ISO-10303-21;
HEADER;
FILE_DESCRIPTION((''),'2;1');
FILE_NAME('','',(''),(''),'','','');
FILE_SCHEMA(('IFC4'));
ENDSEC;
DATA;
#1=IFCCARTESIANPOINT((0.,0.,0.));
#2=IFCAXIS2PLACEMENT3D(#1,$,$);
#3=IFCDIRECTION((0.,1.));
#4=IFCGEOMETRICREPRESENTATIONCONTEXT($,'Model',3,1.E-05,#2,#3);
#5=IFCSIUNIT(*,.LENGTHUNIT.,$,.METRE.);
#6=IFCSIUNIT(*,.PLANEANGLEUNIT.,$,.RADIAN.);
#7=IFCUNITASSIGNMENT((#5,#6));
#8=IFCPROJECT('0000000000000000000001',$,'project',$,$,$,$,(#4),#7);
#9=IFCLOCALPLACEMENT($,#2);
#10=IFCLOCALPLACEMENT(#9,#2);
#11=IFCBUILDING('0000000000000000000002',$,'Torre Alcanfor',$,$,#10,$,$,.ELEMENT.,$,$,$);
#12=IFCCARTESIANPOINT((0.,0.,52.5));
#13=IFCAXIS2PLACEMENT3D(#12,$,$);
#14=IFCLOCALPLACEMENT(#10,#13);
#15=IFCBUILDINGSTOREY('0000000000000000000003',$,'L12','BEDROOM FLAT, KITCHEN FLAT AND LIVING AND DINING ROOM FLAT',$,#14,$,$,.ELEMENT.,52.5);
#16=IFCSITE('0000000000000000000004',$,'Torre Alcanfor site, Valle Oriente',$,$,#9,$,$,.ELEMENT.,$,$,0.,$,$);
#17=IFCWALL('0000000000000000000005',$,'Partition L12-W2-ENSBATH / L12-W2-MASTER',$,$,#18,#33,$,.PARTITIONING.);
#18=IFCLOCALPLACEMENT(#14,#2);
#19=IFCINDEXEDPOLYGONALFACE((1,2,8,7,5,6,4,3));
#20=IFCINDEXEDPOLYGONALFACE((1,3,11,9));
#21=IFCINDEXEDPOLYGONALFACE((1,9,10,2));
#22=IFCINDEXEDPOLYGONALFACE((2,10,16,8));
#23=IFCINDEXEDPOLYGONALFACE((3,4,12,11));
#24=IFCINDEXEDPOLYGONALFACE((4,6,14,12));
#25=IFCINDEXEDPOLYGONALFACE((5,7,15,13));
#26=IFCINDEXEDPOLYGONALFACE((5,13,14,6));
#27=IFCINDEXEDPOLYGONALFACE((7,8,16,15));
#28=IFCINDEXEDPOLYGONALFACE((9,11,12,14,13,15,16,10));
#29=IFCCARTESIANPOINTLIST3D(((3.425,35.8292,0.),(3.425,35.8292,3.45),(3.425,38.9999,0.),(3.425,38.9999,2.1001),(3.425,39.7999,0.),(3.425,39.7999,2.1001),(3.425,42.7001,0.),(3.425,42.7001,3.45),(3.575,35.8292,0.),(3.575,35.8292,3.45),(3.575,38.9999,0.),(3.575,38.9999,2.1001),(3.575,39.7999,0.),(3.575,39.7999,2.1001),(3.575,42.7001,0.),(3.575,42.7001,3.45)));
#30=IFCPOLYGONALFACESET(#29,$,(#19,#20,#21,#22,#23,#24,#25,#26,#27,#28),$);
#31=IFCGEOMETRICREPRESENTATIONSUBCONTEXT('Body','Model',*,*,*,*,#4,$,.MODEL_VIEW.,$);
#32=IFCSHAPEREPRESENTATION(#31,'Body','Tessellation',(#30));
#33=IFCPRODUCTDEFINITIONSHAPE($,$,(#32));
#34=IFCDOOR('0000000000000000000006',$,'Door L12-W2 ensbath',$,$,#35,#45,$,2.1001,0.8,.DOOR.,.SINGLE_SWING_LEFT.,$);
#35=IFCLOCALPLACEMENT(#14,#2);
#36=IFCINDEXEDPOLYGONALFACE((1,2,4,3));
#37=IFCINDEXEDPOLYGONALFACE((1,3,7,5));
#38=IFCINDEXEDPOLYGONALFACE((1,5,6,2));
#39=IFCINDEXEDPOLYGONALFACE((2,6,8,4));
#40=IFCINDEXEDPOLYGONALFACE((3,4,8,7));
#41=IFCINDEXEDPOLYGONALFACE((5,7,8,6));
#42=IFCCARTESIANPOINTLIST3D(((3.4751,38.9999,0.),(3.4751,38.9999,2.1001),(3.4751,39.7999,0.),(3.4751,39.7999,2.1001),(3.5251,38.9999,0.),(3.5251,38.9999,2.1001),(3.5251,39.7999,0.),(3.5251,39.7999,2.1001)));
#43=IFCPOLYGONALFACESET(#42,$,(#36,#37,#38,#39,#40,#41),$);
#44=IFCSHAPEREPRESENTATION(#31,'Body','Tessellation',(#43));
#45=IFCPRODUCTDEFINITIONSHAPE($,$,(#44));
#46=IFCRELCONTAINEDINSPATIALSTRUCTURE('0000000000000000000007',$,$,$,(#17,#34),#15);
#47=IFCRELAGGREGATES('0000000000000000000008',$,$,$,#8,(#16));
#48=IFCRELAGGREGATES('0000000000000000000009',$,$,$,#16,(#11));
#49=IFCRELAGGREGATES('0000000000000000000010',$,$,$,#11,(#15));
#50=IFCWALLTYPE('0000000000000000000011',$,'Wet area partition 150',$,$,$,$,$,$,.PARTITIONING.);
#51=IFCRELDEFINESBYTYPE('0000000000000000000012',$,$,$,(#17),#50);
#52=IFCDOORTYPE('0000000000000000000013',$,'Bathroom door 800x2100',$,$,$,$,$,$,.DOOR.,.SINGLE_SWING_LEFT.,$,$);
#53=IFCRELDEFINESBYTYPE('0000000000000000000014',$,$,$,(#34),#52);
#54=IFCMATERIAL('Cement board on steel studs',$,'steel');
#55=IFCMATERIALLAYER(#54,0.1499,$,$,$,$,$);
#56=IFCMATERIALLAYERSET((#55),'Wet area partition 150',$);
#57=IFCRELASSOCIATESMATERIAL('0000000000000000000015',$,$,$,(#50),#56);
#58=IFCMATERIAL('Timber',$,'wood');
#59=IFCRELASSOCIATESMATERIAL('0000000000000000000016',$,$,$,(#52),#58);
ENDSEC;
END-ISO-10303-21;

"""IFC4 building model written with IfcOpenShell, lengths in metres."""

from ifc_helpers import new_model, si_unit, direction, frame, frame_2d, origin, place, context, subcontext, project, spatial, rectangle, extrude, material, layer, layer_set, type_object, element, fill, save


model = new_model("IFC4")

# Units and contexts
model_context = context("Model", 3, precision=1e-05, world=origin(), true_north=direction((0.0, 1.0)))
body_context = subcontext(model_context, "Body", "Model", "MODEL_VIEW")
ifc_project = project(units=[si_unit("LENGTHUNIT", "METRE"), si_unit("PLANEANGLEUNIT", "RADIAN")], contexts=[model_context])

# Site, building, storey
site_placement = place(None, origin())
site = spatial("IfcSite", under=ifc_project, at=site_placement, Name="Torre Alcanfor site, Valle Oriente", CompositionType="ELEMENT", RefElevation=0.0)
building_placement = place(site_placement, origin())
building = spatial("IfcBuilding", under=site, at=building_placement, Name="Torre Alcanfor", CompositionType="ELEMENT")
storey_placement = place(building_placement, frame((0.0, 0.0, 52.5)))
storey = spatial("IfcBuildingStorey", under=building, at=storey_placement, Name="L12", Description="BEDROOM FLAT, KITCHEN FLAT AND LIVING AND DINING ROOM FLAT", CompositionType="ELEMENT", Elevation=52.5)

# Shared definitions
ifc_material_1 = material(Name="Cement board on steel studs", Category="steel")
ifc_layer_1 = layer(ifc_material_1, 0.1499)
ifc_layer_set_1 = layer_set([ifc_layer_1], Name="Wet area partition 150")
wall_type_1 = type_object("IfcWallType", Name="Wet area partition 150", PredefinedType="PARTITIONING", material=ifc_layer_set_1)

# Wall, opening, door
wall_1_placement = place(storey_placement, frame((3.5, 35.8291, 0.0), z_axis=(0.0, 0.0, 1.0), x_axis=(0.0, 1.0, 0.0)))
wall_1 = element("IfcWall", 1, at=wall_1_placement, inside=storey, type_object=wall_type_1, Name="Partition L12-W2-ENSBATH / L12-W2-MASTER", PredefinedType="PARTITIONING", context=body_context, shape_type="SweptSolid", body=[
    extrude(rectangle(XDim=6.8708, YDim=0.1499, at=frame_2d((3.4355, 0.0))), origin(), (0.0, 0.0, 1.0), 3.45),
])
opening_1_placement = place(wall_1_placement, frame((3.1709, 0.0, 0.0)))
opening_1 = element("IfcOpeningElement", 2, at=opening_1_placement, cuts=wall_1, PredefinedType="OPENING", context=body_context, shape_type="SweptSolid", body=[
    extrude(rectangle(XDim=0.8, YDim=2.1001, at=frame_2d((0.3999, 1.05))), frame((0.0, 0.085, 0.0), z_axis=(0.0, -1.0, 0.0), x_axis=(1.0, 0.0, 0.0)), (0.0, 0.0, 1.0), 0.1699),
])
ifc_material_2 = material(Name="Timber", Category="wood")
door_type_1 = type_object("IfcDoorType", Name="Bathroom door 800x2100", OperationType="SINGLE_SWING_LEFT", PredefinedType="DOOR", material=ifc_material_2)
door_1_placement = place(opening_1_placement, frame((0.8, 0.0, 0.0), z_axis=(0.0, 0.0, 1.0), x_axis=(-1.0, 0.0, 0.0)))
door_1 = element("IfcDoor", 3, at=door_1_placement, inside=storey, type_object=door_type_1, Name="Door L12-W2 ensbath", OperationType="SINGLE_SWING_LEFT", OverallHeight=2.1001, OverallWidth=0.8, PredefinedType="DOOR", context=body_context, shape_type="SweptSolid", body=[
    extrude(rectangle(XDim=0.8, YDim=2.1001, at=frame_2d((0.4001, 1.05))), frame((0.0, 0.0251, 0.0), z_axis=(0.0, -1.0, 0.0), x_axis=(1.0, 0.0, 0.0)), (0.0, 0.0, 1.0), 0.05),
])
fill(opening_1, door_1)

save(model, "model.ifc")
